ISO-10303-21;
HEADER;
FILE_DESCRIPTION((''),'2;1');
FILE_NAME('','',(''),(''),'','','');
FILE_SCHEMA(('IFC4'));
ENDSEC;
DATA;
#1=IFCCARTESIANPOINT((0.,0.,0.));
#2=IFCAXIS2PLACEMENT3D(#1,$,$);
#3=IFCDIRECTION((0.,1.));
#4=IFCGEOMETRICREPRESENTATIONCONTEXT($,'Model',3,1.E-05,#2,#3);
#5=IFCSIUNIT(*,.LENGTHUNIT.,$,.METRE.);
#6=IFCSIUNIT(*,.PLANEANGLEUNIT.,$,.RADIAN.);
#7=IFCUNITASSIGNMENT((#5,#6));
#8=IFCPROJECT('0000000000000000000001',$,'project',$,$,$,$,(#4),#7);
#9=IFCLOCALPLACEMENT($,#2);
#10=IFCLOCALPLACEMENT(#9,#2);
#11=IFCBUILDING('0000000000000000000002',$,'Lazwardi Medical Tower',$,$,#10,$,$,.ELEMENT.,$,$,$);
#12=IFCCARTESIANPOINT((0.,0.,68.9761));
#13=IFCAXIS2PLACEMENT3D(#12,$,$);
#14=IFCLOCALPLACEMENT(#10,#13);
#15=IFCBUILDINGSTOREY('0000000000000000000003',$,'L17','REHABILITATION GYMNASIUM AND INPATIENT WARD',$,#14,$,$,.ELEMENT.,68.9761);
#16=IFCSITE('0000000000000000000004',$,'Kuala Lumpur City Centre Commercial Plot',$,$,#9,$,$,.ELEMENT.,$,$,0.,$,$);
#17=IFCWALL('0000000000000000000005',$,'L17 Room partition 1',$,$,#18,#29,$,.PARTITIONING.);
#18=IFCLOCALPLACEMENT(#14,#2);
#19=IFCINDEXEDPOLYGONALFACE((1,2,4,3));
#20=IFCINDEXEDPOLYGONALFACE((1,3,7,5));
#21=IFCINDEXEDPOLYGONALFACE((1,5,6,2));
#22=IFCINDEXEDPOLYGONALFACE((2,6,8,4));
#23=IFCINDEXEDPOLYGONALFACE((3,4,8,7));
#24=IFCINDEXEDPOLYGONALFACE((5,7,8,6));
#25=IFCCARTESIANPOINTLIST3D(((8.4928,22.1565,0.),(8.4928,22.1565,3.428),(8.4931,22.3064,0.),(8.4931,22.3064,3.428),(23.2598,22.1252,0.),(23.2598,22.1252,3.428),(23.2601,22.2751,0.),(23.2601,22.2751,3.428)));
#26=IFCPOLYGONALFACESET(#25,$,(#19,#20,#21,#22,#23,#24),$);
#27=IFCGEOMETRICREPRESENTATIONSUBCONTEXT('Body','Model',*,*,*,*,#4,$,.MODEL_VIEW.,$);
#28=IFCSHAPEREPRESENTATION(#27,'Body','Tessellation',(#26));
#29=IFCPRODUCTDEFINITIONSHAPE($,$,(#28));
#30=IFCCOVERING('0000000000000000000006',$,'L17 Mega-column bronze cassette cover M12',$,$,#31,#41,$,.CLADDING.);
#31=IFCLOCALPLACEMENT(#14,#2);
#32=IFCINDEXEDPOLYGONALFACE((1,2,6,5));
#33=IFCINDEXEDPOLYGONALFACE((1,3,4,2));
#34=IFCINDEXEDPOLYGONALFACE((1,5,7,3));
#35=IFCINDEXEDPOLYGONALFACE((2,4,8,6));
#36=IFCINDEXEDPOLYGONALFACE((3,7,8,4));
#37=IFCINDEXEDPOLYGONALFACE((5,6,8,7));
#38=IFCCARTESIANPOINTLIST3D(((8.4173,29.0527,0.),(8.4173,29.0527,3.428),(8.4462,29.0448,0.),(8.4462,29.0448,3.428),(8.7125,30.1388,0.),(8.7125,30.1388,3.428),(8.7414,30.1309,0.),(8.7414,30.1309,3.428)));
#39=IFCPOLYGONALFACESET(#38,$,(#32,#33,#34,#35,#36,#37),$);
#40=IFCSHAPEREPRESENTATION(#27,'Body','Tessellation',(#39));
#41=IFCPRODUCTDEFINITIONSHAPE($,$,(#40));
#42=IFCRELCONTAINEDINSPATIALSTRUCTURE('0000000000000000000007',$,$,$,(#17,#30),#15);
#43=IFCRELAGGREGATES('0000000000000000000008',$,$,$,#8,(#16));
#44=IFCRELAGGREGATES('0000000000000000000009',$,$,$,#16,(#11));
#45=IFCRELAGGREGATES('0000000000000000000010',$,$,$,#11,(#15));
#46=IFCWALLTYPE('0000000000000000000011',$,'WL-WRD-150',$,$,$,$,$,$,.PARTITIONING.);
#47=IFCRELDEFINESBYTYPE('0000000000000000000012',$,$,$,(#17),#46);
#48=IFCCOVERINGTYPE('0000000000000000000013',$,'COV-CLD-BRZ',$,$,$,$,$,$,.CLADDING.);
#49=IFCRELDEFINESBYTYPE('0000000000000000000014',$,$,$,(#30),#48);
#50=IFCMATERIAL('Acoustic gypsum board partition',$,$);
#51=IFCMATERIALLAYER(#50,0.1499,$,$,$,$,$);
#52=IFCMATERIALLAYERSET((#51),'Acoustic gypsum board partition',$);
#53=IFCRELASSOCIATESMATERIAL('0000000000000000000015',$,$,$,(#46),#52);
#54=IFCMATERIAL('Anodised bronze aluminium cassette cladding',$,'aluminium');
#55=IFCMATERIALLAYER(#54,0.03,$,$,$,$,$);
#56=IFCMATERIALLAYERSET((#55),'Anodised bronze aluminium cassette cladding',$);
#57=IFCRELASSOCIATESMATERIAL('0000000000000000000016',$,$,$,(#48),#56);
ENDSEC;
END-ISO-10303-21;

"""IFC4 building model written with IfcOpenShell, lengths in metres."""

from ifc_helpers import new_model, si_unit, direction, frame, frame_2d, origin, origin_2d, place, context, subcontext, project, spatial, rectangle, extrude, material, layer, layer_set, type_object, element, save


model = new_model("IFC4")

# Units and contexts
model_context = context("Model", 3, precision=1e-05, world=origin(), true_north=direction((0.0, 1.0)))
body_context = subcontext(model_context, "Body", "Model", "MODEL_VIEW")
ifc_project = project(units=[si_unit("LENGTHUNIT", "METRE"), si_unit("PLANEANGLEUNIT", "RADIAN")], contexts=[model_context])

# Site, building, storey
site_placement = place(None, origin())
site = spatial("IfcSite", under=ifc_project, at=site_placement, Name="Kuala Lumpur City Centre Commercial Plot", CompositionType="ELEMENT", RefElevation=0.0)
building_placement = place(site_placement, origin())
building = spatial("IfcBuilding", under=site, at=building_placement, Name="Lazwardi Medical Tower", CompositionType="ELEMENT")
storey_placement = place(building_placement, frame((0.0, 0.0, 68.9761)))
storey = spatial("IfcBuildingStorey", under=building, at=storey_placement, Name="L17", Description="REHABILITATION GYMNASIUM AND INPATIENT WARD", CompositionType="ELEMENT", Elevation=68.9761)

# Wall
ifc_material_1 = material(Name="Acoustic gypsum board partition")
ifc_layer_1 = layer(ifc_material_1, 0.1499)
ifc_layer_set_1 = layer_set([ifc_layer_1], Name="Acoustic gypsum board partition")
wall_type_1 = type_object("IfcWallType", Name="WL-WRD-150", PredefinedType="PARTITIONING", material=ifc_layer_set_1)
wall_1_placement = place(storey_placement, frame((8.4929, 22.2314, 0.0), z_axis=(0.0, 0.0, 1.0), x_axis=(0.999998, -0.002116, 0.0)))
element("IfcWall", 1, at=wall_1_placement, inside=storey, type_object=wall_type_1, Name="L17 Room partition 1", PredefinedType="PARTITIONING", context=body_context, shape_type="SweptSolid", body=[
    extrude(rectangle(XDim=14.7671, YDim=0.1499, at=frame_2d((7.3835, 0.0))), origin(), (0.0, 0.0, 1.0), 3.428),
])

# Covering
ifc_material_2 = material(Name="Anodised bronze aluminium cassette cladding", Category="aluminium")
ifc_layer_2 = layer(ifc_material_2, 0.03)
ifc_layer_set_2 = layer_set([ifc_layer_2], Name="Anodised bronze aluminium cassette cladding")
covering_type = type_object("IfcCoveringType", Name="COV-CLD-BRZ", PredefinedType="CLADDING", material=ifc_layer_set_2)
covering_placement = place(storey_placement, frame((8.5793, 29.5918, 0.0), z_axis=(0.0, 0.0, 1.0), x_axis=(-0.262283, -0.964991, 0.0)))
element("IfcCovering", 2, at=covering_placement, inside=storey, type_object=covering_type, Name="L17 Mega-column bronze cassette cover M12", PredefinedType="CLADDING", context=body_context, shape_type="SweptSolid", body=[
    extrude(rectangle(XDim=1.1255, YDim=0.03, at=origin_2d()), origin(), (0.0, 0.0, 1.0), 3.428),
])

save(model, "model.ifc")
